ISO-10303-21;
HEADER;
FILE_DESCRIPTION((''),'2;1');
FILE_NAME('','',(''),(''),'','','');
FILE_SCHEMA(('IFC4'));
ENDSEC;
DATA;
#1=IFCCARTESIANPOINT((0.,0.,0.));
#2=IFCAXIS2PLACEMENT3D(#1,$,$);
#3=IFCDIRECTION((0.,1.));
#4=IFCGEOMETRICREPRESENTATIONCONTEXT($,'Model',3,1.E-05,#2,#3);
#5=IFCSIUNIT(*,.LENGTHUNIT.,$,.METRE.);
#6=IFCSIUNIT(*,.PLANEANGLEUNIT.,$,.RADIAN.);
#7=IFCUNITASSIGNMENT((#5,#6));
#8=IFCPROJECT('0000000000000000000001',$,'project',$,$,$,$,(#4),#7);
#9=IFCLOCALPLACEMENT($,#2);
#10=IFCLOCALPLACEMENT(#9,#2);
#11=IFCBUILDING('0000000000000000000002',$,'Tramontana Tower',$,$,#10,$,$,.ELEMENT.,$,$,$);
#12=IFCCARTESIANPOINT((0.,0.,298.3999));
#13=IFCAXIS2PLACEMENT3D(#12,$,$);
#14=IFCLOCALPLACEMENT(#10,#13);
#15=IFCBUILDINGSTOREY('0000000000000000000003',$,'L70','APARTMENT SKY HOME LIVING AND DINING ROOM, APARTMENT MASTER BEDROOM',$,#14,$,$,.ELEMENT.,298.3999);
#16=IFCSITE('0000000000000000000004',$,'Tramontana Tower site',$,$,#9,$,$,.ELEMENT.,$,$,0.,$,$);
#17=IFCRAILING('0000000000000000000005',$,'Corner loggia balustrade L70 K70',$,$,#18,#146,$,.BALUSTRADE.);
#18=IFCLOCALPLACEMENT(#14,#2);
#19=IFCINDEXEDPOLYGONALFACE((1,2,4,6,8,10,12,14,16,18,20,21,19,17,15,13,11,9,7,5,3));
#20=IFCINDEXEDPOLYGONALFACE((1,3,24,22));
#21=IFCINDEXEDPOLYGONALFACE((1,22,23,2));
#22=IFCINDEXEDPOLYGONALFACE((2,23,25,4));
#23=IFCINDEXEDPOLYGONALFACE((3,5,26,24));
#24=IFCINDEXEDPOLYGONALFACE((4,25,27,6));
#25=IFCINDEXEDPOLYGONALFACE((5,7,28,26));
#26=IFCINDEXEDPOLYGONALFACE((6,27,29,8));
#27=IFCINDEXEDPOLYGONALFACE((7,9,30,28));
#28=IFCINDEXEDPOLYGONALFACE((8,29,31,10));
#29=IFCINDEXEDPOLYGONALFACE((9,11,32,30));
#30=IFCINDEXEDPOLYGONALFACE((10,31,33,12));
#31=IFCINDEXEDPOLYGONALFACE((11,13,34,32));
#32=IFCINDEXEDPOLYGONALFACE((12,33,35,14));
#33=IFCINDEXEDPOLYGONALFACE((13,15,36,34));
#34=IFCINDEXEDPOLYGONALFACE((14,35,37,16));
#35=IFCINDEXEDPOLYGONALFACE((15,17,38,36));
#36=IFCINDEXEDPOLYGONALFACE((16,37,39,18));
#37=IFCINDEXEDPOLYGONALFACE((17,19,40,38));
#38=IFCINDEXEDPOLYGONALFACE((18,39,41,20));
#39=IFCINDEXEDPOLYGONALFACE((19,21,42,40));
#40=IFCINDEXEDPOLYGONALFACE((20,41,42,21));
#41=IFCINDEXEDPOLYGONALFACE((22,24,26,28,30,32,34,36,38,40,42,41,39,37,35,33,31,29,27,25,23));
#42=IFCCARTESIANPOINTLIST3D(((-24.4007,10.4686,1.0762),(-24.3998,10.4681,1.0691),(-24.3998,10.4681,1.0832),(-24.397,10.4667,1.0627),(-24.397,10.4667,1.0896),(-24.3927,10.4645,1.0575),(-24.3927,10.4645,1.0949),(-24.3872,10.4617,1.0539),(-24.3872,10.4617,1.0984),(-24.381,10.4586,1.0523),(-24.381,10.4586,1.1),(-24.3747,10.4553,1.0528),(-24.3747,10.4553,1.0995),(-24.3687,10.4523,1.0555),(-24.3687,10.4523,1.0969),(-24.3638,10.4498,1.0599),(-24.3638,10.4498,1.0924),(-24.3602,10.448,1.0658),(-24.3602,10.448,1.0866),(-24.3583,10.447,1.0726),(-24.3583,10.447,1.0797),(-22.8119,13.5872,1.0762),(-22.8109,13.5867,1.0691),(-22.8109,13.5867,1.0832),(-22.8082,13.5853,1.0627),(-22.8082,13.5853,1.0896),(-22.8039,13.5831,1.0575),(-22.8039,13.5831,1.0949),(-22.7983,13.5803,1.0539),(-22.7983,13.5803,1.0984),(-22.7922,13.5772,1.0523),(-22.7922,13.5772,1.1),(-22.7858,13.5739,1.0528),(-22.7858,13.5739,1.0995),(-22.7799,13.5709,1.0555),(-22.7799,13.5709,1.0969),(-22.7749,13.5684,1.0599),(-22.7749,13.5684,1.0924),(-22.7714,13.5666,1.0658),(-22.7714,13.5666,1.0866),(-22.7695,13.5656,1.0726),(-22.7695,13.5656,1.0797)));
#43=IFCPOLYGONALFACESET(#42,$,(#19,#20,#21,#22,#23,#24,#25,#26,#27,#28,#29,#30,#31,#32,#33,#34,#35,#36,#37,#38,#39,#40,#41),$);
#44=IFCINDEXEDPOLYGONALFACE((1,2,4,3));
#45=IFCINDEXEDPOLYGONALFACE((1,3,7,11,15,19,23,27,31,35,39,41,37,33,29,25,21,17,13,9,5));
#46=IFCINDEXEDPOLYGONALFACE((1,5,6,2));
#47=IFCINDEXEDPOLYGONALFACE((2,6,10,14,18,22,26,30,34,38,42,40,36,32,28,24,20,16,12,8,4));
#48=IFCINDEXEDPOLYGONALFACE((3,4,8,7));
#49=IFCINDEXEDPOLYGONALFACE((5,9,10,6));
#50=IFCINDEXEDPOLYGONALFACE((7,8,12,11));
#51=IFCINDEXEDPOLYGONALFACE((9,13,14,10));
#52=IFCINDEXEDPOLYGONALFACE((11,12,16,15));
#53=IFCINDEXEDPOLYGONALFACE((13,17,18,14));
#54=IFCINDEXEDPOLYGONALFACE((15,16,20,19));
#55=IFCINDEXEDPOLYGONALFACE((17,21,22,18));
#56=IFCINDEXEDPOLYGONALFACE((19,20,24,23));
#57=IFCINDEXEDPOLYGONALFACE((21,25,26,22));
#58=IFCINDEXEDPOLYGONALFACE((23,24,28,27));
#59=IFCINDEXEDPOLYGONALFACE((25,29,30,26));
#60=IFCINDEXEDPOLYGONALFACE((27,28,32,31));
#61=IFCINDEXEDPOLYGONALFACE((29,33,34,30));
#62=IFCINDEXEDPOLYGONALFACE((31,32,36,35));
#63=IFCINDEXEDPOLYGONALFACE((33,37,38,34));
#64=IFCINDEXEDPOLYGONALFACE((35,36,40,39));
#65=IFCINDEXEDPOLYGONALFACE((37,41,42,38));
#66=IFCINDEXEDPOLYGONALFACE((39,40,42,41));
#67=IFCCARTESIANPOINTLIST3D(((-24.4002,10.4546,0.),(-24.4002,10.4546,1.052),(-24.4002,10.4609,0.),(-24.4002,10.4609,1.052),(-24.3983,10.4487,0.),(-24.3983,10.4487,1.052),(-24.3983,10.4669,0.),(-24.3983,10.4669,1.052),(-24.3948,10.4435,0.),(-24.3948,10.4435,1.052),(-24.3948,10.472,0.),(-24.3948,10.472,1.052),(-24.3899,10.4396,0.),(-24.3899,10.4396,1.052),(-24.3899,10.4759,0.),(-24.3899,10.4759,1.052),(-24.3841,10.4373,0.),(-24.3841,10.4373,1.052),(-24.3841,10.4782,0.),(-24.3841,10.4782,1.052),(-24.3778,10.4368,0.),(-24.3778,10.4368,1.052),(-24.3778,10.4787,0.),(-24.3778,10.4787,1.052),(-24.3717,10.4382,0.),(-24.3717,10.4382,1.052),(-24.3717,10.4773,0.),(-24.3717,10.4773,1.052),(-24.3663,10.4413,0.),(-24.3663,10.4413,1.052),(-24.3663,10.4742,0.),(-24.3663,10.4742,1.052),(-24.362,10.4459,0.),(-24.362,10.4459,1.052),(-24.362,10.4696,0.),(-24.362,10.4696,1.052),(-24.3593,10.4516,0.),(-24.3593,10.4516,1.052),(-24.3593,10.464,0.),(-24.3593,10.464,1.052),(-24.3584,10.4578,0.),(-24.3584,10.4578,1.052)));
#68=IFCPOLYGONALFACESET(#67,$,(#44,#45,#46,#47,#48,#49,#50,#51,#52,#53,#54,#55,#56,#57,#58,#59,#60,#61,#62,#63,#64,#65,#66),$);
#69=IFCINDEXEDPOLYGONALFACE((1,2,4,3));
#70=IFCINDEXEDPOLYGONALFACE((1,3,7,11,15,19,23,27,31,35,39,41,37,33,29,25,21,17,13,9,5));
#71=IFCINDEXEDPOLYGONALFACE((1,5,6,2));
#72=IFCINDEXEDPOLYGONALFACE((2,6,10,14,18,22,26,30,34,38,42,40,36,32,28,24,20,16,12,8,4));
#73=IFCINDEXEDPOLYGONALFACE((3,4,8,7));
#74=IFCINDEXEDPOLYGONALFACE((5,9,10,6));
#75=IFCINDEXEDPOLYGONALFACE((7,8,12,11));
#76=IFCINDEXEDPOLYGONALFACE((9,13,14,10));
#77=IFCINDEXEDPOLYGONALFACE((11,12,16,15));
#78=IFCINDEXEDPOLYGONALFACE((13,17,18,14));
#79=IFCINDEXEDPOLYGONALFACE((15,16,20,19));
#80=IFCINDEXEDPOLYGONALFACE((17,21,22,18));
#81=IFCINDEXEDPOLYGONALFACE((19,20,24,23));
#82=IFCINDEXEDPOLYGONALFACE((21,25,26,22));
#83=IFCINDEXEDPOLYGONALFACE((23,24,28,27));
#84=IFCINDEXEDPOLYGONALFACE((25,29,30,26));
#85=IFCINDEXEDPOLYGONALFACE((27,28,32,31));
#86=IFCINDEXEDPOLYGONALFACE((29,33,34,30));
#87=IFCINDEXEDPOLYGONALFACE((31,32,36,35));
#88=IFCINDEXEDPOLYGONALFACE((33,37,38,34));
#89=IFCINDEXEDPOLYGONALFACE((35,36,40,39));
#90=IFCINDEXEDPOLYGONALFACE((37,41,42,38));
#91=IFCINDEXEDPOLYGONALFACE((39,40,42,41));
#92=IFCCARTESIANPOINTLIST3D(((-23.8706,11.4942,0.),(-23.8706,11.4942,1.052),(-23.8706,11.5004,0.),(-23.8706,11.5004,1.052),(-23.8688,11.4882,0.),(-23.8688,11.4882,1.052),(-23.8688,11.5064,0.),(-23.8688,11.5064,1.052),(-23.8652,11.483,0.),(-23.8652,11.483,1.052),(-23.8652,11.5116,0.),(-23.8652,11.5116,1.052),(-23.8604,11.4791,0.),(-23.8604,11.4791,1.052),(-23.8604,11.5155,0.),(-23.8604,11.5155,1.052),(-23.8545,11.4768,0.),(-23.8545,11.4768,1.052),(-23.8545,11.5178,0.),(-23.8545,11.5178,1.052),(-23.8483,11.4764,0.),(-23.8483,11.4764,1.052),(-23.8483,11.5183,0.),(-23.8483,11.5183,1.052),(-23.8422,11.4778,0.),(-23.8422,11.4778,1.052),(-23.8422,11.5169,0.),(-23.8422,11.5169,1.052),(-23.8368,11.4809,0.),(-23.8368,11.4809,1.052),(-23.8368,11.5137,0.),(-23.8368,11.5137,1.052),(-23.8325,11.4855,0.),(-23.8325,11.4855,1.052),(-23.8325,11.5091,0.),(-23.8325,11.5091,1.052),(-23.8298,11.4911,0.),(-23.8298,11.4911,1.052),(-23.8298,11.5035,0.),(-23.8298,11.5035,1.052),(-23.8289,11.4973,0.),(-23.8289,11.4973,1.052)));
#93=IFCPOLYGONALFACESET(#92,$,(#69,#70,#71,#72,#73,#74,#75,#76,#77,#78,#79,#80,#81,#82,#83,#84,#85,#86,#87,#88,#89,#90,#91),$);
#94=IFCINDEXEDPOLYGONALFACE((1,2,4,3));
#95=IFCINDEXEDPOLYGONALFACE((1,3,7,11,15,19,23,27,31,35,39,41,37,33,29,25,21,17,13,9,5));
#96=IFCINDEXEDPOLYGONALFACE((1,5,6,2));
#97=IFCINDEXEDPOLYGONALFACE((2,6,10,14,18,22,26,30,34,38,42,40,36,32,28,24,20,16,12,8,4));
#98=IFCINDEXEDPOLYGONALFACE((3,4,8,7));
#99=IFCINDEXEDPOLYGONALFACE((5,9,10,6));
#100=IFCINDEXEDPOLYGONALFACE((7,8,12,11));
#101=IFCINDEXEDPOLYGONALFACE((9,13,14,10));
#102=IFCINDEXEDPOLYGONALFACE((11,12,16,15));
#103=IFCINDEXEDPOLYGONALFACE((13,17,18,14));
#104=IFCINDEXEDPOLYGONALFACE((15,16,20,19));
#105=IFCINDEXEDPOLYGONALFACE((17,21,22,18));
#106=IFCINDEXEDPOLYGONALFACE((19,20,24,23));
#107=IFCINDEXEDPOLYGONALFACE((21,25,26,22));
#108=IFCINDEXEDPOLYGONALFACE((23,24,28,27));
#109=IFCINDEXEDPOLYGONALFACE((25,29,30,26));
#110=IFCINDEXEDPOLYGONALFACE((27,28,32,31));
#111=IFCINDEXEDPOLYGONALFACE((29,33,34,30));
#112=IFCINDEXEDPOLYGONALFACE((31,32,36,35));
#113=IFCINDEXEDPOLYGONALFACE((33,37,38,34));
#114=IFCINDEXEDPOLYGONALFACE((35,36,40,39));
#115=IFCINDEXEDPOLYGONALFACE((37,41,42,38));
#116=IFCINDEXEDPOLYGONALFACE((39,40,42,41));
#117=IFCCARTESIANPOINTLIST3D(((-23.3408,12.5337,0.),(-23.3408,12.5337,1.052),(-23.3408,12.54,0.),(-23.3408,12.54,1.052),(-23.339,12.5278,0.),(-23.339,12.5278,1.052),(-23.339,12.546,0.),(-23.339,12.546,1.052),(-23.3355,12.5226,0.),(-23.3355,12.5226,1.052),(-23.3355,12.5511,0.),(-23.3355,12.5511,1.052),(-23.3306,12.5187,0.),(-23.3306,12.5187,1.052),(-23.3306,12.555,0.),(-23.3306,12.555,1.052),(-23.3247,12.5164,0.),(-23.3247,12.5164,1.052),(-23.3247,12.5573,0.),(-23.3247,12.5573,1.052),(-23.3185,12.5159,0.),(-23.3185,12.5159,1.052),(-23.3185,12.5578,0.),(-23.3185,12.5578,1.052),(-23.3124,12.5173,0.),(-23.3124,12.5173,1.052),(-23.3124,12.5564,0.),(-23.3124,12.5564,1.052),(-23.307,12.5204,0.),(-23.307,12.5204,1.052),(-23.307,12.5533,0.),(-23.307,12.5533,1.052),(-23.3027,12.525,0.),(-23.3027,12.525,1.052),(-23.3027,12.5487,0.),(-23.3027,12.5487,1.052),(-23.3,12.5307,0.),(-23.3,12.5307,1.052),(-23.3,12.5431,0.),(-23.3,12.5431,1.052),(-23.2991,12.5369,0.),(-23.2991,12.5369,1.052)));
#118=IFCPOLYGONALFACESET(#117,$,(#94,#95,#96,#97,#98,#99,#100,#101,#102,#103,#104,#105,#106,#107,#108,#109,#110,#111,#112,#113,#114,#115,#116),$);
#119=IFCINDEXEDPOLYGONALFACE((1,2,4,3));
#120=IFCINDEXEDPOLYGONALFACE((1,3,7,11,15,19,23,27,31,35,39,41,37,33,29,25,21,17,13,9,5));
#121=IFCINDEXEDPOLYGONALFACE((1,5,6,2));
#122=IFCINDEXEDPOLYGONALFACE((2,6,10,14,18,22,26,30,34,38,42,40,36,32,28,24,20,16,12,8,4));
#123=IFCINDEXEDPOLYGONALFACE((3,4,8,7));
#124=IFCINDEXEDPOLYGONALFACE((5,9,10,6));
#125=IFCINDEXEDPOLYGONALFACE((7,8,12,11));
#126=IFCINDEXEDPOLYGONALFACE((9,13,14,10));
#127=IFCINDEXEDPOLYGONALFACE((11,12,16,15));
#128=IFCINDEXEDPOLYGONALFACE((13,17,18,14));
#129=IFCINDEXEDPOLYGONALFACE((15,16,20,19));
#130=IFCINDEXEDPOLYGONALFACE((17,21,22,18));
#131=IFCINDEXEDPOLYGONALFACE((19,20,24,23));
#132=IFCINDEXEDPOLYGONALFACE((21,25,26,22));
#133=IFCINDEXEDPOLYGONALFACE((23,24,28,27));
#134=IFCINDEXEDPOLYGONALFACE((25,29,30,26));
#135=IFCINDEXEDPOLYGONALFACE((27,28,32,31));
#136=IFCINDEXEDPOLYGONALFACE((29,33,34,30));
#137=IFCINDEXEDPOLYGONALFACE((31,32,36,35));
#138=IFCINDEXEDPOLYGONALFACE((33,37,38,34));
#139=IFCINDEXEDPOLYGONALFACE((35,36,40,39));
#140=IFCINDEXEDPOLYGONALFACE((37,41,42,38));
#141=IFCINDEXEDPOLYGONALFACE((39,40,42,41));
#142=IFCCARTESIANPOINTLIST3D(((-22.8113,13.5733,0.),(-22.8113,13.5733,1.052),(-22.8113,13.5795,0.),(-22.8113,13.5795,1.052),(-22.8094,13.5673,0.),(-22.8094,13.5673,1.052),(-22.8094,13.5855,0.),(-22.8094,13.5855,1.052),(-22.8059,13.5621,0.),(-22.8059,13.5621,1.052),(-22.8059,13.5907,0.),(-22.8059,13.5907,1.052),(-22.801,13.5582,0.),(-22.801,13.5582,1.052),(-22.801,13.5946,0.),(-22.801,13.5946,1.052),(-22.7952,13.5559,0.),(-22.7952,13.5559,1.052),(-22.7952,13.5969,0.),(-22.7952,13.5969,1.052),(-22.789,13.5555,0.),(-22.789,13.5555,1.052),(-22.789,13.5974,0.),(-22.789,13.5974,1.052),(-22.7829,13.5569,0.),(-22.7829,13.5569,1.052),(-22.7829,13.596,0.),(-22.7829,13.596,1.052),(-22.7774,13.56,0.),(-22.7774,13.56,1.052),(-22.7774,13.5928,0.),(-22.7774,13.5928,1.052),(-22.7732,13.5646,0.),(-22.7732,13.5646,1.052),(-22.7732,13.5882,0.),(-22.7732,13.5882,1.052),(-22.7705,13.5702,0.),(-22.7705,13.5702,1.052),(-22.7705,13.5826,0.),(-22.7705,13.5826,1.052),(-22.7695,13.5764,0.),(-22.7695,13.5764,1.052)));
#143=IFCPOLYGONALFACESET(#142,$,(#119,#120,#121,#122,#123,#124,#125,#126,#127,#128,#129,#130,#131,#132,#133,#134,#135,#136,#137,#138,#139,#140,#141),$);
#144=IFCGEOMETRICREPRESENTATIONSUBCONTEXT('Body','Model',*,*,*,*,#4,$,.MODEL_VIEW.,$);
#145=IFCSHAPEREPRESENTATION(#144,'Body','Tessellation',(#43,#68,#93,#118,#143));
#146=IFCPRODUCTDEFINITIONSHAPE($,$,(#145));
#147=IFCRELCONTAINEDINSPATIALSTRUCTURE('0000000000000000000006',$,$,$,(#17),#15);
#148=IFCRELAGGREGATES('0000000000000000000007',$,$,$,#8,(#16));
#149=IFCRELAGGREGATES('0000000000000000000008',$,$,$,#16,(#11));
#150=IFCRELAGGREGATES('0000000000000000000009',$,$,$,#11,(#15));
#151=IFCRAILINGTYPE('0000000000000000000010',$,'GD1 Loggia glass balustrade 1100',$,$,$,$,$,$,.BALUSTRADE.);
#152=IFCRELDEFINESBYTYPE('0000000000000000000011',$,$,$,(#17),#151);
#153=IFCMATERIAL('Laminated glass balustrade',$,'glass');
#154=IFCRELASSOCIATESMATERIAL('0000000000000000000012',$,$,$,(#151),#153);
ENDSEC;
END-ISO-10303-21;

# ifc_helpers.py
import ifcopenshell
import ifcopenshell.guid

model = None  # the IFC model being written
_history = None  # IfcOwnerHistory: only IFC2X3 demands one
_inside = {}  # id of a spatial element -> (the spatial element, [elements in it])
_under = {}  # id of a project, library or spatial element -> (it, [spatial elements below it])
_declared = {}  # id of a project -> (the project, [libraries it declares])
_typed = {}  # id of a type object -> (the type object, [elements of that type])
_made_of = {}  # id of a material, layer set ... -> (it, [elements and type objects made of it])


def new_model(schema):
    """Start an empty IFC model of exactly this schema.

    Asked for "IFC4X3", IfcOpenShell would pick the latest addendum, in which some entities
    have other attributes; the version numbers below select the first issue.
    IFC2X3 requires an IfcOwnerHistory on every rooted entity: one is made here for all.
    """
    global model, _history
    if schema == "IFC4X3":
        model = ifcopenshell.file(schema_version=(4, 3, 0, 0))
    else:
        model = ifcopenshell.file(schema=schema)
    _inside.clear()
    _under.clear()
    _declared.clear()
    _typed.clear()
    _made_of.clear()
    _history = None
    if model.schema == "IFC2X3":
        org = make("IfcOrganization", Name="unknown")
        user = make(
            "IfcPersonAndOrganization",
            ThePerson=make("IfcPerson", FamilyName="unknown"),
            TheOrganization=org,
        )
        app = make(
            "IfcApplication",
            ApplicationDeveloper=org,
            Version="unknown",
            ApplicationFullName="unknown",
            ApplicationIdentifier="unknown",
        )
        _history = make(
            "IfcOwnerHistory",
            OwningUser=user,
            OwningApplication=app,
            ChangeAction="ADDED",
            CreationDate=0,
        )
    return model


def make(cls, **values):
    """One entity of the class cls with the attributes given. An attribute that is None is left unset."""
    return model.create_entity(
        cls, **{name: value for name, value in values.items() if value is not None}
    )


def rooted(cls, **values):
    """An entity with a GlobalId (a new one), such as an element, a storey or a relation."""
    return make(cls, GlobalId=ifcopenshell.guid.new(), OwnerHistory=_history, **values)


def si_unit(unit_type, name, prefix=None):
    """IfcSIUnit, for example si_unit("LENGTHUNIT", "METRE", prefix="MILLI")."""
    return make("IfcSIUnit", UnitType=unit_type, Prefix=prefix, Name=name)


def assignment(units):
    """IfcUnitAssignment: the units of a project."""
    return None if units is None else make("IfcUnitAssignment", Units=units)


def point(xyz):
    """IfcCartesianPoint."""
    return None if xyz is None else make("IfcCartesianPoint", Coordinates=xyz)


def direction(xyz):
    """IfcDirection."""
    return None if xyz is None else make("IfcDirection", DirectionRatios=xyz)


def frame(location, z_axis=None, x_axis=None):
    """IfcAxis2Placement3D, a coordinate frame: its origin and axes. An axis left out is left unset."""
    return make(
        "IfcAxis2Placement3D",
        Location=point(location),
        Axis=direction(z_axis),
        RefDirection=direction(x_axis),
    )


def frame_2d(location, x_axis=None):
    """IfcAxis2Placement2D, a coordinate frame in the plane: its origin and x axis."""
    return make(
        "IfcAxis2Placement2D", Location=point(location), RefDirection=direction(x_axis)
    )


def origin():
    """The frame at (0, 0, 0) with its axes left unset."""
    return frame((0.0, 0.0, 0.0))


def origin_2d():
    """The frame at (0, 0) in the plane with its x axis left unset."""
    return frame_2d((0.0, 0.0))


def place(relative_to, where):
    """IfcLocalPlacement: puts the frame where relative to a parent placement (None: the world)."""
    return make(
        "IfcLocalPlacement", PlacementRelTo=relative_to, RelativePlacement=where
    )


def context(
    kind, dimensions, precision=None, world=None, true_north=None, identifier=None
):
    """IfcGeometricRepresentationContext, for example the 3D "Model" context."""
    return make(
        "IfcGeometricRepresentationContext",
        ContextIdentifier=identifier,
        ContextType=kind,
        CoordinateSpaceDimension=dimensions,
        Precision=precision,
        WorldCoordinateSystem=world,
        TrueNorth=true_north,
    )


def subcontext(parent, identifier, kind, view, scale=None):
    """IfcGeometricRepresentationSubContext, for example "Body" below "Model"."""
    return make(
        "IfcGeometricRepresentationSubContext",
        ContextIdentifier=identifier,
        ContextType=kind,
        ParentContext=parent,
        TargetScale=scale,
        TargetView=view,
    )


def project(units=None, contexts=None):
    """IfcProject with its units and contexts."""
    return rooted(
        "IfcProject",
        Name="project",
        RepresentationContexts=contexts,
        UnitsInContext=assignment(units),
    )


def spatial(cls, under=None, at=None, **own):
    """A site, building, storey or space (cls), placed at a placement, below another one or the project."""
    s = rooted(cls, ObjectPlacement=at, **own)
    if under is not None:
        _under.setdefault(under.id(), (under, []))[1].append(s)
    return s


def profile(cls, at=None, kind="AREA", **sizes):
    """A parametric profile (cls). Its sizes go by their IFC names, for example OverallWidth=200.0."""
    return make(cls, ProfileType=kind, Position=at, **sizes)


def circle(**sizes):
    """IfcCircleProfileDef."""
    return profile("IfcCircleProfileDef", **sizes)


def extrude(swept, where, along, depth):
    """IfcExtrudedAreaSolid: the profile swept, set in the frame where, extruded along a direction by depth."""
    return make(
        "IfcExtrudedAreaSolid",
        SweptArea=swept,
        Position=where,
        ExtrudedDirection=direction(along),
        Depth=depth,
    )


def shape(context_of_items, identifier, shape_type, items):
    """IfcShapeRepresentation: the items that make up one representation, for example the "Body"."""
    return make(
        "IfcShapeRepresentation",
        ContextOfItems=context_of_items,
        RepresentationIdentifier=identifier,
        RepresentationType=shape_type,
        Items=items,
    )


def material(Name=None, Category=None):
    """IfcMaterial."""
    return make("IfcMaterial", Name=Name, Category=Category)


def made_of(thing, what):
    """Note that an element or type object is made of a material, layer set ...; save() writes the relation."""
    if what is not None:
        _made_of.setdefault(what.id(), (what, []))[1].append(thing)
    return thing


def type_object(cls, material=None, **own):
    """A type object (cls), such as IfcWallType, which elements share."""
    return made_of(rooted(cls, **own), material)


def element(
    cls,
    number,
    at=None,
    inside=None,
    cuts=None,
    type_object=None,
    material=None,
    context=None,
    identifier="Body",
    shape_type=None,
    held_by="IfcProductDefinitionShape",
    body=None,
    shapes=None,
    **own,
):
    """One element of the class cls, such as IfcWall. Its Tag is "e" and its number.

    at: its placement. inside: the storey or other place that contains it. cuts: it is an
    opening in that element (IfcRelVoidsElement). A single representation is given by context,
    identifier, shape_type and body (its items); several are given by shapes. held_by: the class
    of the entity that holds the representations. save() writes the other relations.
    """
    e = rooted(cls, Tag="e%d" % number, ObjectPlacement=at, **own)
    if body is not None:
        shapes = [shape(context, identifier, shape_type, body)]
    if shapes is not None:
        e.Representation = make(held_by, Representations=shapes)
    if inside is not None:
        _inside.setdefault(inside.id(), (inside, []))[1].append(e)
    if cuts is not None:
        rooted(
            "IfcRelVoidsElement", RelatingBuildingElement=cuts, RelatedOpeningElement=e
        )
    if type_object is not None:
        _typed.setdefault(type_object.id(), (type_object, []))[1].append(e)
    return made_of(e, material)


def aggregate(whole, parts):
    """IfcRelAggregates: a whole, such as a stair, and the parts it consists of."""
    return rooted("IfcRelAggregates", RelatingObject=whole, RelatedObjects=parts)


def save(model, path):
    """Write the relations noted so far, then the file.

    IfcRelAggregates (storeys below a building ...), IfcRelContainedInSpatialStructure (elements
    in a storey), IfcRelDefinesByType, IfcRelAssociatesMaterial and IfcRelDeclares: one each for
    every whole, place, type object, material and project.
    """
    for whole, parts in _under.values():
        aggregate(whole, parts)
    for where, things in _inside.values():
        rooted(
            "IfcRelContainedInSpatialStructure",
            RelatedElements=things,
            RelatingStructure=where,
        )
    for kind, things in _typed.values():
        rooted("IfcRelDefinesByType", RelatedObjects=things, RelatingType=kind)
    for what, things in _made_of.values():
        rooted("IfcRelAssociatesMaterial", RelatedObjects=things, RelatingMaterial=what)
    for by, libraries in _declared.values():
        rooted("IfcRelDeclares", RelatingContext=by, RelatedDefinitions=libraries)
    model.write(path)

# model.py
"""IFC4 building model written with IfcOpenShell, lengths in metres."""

from ifc_helpers import new_model, si_unit, direction, frame, origin, origin_2d, place, context, subcontext, project, spatial, circle, extrude, material, type_object, element, save


model = new_model("IFC4")

# Units and contexts
model_context = context("Model", 3, precision=1e-05, world=origin(), true_north=direction((0.0, 1.0)))
body_context = subcontext(model_context, "Body", "Model", "MODEL_VIEW")
ifc_project = project(units=[si_unit("LENGTHUNIT", "METRE"), si_unit("PLANEANGLEUNIT", "RADIAN")], contexts=[model_context])

# Site, building, storey
site_placement = place(None, origin())
site = spatial("IfcSite", under=ifc_project, at=site_placement, Name="Tramontana Tower site", CompositionType="ELEMENT", RefElevation=0.0)
building_placement = place(site_placement, origin())
building = spatial("IfcBuilding", under=site, at=building_placement, Name="Tramontana Tower", CompositionType="ELEMENT")
storey_placement = place(building_placement, frame((0.0, 0.0, 298.3999)))
storey = spatial("IfcBuildingStorey", under=building, at=storey_placement, Name="L70", Description="APARTMENT SKY HOME LIVING AND DINING ROOM, APARTMENT MASTER BEDROOM", CompositionType="ELEMENT", Elevation=298.3999)

# Railing
ifc_material_1 = material(Name="Laminated glass balustrade", Category="glass")
railing_type = type_object("IfcRailingType", Name="GD1 Loggia glass balustrade 1100", PredefinedType="BALUSTRADE", material=ifc_material_1)
railing_1_placement = place(storey_placement, frame((-24.3794, 10.4578, 0.0)))
element("IfcRailing", 1, at=railing_1_placement, inside=storey, type_object=railing_type, Name="Corner loggia balustrade L70 K70", PredefinedType="BALUSTRADE", context=body_context, shape_type="SweptSolid", body=[
    extrude(circle(Radius=0.0239, at=origin_2d()), frame((0.0, 0.0, 1.0762), z_axis=(0.453953, 0.891026, 0.0), x_axis=(-0.891026, 0.453953, 0.0)), (0.0, 0.0, 1.0), 3.5),
    extrude(circle(Radius=0.021, at=origin_2d()), origin(), (0.0, 0.0, 1.0), 1.052),
    extrude(circle(Radius=0.021, at=origin_2d()), frame((0.5295, 1.0396, 0.0)), (0.0, 0.0, 1.0), 1.052),
    extrude(circle(Radius=0.021, at=origin_2d()), frame((1.0593, 2.0791, 0.0)), (0.0, 0.0, 1.0), 1.052),
    extrude(circle(Radius=0.021, at=origin_2d()), frame((1.5889, 3.1187, 0.0)), (0.0, 0.0, 1.0), 1.052),
])

save(model, "model.ifc")
